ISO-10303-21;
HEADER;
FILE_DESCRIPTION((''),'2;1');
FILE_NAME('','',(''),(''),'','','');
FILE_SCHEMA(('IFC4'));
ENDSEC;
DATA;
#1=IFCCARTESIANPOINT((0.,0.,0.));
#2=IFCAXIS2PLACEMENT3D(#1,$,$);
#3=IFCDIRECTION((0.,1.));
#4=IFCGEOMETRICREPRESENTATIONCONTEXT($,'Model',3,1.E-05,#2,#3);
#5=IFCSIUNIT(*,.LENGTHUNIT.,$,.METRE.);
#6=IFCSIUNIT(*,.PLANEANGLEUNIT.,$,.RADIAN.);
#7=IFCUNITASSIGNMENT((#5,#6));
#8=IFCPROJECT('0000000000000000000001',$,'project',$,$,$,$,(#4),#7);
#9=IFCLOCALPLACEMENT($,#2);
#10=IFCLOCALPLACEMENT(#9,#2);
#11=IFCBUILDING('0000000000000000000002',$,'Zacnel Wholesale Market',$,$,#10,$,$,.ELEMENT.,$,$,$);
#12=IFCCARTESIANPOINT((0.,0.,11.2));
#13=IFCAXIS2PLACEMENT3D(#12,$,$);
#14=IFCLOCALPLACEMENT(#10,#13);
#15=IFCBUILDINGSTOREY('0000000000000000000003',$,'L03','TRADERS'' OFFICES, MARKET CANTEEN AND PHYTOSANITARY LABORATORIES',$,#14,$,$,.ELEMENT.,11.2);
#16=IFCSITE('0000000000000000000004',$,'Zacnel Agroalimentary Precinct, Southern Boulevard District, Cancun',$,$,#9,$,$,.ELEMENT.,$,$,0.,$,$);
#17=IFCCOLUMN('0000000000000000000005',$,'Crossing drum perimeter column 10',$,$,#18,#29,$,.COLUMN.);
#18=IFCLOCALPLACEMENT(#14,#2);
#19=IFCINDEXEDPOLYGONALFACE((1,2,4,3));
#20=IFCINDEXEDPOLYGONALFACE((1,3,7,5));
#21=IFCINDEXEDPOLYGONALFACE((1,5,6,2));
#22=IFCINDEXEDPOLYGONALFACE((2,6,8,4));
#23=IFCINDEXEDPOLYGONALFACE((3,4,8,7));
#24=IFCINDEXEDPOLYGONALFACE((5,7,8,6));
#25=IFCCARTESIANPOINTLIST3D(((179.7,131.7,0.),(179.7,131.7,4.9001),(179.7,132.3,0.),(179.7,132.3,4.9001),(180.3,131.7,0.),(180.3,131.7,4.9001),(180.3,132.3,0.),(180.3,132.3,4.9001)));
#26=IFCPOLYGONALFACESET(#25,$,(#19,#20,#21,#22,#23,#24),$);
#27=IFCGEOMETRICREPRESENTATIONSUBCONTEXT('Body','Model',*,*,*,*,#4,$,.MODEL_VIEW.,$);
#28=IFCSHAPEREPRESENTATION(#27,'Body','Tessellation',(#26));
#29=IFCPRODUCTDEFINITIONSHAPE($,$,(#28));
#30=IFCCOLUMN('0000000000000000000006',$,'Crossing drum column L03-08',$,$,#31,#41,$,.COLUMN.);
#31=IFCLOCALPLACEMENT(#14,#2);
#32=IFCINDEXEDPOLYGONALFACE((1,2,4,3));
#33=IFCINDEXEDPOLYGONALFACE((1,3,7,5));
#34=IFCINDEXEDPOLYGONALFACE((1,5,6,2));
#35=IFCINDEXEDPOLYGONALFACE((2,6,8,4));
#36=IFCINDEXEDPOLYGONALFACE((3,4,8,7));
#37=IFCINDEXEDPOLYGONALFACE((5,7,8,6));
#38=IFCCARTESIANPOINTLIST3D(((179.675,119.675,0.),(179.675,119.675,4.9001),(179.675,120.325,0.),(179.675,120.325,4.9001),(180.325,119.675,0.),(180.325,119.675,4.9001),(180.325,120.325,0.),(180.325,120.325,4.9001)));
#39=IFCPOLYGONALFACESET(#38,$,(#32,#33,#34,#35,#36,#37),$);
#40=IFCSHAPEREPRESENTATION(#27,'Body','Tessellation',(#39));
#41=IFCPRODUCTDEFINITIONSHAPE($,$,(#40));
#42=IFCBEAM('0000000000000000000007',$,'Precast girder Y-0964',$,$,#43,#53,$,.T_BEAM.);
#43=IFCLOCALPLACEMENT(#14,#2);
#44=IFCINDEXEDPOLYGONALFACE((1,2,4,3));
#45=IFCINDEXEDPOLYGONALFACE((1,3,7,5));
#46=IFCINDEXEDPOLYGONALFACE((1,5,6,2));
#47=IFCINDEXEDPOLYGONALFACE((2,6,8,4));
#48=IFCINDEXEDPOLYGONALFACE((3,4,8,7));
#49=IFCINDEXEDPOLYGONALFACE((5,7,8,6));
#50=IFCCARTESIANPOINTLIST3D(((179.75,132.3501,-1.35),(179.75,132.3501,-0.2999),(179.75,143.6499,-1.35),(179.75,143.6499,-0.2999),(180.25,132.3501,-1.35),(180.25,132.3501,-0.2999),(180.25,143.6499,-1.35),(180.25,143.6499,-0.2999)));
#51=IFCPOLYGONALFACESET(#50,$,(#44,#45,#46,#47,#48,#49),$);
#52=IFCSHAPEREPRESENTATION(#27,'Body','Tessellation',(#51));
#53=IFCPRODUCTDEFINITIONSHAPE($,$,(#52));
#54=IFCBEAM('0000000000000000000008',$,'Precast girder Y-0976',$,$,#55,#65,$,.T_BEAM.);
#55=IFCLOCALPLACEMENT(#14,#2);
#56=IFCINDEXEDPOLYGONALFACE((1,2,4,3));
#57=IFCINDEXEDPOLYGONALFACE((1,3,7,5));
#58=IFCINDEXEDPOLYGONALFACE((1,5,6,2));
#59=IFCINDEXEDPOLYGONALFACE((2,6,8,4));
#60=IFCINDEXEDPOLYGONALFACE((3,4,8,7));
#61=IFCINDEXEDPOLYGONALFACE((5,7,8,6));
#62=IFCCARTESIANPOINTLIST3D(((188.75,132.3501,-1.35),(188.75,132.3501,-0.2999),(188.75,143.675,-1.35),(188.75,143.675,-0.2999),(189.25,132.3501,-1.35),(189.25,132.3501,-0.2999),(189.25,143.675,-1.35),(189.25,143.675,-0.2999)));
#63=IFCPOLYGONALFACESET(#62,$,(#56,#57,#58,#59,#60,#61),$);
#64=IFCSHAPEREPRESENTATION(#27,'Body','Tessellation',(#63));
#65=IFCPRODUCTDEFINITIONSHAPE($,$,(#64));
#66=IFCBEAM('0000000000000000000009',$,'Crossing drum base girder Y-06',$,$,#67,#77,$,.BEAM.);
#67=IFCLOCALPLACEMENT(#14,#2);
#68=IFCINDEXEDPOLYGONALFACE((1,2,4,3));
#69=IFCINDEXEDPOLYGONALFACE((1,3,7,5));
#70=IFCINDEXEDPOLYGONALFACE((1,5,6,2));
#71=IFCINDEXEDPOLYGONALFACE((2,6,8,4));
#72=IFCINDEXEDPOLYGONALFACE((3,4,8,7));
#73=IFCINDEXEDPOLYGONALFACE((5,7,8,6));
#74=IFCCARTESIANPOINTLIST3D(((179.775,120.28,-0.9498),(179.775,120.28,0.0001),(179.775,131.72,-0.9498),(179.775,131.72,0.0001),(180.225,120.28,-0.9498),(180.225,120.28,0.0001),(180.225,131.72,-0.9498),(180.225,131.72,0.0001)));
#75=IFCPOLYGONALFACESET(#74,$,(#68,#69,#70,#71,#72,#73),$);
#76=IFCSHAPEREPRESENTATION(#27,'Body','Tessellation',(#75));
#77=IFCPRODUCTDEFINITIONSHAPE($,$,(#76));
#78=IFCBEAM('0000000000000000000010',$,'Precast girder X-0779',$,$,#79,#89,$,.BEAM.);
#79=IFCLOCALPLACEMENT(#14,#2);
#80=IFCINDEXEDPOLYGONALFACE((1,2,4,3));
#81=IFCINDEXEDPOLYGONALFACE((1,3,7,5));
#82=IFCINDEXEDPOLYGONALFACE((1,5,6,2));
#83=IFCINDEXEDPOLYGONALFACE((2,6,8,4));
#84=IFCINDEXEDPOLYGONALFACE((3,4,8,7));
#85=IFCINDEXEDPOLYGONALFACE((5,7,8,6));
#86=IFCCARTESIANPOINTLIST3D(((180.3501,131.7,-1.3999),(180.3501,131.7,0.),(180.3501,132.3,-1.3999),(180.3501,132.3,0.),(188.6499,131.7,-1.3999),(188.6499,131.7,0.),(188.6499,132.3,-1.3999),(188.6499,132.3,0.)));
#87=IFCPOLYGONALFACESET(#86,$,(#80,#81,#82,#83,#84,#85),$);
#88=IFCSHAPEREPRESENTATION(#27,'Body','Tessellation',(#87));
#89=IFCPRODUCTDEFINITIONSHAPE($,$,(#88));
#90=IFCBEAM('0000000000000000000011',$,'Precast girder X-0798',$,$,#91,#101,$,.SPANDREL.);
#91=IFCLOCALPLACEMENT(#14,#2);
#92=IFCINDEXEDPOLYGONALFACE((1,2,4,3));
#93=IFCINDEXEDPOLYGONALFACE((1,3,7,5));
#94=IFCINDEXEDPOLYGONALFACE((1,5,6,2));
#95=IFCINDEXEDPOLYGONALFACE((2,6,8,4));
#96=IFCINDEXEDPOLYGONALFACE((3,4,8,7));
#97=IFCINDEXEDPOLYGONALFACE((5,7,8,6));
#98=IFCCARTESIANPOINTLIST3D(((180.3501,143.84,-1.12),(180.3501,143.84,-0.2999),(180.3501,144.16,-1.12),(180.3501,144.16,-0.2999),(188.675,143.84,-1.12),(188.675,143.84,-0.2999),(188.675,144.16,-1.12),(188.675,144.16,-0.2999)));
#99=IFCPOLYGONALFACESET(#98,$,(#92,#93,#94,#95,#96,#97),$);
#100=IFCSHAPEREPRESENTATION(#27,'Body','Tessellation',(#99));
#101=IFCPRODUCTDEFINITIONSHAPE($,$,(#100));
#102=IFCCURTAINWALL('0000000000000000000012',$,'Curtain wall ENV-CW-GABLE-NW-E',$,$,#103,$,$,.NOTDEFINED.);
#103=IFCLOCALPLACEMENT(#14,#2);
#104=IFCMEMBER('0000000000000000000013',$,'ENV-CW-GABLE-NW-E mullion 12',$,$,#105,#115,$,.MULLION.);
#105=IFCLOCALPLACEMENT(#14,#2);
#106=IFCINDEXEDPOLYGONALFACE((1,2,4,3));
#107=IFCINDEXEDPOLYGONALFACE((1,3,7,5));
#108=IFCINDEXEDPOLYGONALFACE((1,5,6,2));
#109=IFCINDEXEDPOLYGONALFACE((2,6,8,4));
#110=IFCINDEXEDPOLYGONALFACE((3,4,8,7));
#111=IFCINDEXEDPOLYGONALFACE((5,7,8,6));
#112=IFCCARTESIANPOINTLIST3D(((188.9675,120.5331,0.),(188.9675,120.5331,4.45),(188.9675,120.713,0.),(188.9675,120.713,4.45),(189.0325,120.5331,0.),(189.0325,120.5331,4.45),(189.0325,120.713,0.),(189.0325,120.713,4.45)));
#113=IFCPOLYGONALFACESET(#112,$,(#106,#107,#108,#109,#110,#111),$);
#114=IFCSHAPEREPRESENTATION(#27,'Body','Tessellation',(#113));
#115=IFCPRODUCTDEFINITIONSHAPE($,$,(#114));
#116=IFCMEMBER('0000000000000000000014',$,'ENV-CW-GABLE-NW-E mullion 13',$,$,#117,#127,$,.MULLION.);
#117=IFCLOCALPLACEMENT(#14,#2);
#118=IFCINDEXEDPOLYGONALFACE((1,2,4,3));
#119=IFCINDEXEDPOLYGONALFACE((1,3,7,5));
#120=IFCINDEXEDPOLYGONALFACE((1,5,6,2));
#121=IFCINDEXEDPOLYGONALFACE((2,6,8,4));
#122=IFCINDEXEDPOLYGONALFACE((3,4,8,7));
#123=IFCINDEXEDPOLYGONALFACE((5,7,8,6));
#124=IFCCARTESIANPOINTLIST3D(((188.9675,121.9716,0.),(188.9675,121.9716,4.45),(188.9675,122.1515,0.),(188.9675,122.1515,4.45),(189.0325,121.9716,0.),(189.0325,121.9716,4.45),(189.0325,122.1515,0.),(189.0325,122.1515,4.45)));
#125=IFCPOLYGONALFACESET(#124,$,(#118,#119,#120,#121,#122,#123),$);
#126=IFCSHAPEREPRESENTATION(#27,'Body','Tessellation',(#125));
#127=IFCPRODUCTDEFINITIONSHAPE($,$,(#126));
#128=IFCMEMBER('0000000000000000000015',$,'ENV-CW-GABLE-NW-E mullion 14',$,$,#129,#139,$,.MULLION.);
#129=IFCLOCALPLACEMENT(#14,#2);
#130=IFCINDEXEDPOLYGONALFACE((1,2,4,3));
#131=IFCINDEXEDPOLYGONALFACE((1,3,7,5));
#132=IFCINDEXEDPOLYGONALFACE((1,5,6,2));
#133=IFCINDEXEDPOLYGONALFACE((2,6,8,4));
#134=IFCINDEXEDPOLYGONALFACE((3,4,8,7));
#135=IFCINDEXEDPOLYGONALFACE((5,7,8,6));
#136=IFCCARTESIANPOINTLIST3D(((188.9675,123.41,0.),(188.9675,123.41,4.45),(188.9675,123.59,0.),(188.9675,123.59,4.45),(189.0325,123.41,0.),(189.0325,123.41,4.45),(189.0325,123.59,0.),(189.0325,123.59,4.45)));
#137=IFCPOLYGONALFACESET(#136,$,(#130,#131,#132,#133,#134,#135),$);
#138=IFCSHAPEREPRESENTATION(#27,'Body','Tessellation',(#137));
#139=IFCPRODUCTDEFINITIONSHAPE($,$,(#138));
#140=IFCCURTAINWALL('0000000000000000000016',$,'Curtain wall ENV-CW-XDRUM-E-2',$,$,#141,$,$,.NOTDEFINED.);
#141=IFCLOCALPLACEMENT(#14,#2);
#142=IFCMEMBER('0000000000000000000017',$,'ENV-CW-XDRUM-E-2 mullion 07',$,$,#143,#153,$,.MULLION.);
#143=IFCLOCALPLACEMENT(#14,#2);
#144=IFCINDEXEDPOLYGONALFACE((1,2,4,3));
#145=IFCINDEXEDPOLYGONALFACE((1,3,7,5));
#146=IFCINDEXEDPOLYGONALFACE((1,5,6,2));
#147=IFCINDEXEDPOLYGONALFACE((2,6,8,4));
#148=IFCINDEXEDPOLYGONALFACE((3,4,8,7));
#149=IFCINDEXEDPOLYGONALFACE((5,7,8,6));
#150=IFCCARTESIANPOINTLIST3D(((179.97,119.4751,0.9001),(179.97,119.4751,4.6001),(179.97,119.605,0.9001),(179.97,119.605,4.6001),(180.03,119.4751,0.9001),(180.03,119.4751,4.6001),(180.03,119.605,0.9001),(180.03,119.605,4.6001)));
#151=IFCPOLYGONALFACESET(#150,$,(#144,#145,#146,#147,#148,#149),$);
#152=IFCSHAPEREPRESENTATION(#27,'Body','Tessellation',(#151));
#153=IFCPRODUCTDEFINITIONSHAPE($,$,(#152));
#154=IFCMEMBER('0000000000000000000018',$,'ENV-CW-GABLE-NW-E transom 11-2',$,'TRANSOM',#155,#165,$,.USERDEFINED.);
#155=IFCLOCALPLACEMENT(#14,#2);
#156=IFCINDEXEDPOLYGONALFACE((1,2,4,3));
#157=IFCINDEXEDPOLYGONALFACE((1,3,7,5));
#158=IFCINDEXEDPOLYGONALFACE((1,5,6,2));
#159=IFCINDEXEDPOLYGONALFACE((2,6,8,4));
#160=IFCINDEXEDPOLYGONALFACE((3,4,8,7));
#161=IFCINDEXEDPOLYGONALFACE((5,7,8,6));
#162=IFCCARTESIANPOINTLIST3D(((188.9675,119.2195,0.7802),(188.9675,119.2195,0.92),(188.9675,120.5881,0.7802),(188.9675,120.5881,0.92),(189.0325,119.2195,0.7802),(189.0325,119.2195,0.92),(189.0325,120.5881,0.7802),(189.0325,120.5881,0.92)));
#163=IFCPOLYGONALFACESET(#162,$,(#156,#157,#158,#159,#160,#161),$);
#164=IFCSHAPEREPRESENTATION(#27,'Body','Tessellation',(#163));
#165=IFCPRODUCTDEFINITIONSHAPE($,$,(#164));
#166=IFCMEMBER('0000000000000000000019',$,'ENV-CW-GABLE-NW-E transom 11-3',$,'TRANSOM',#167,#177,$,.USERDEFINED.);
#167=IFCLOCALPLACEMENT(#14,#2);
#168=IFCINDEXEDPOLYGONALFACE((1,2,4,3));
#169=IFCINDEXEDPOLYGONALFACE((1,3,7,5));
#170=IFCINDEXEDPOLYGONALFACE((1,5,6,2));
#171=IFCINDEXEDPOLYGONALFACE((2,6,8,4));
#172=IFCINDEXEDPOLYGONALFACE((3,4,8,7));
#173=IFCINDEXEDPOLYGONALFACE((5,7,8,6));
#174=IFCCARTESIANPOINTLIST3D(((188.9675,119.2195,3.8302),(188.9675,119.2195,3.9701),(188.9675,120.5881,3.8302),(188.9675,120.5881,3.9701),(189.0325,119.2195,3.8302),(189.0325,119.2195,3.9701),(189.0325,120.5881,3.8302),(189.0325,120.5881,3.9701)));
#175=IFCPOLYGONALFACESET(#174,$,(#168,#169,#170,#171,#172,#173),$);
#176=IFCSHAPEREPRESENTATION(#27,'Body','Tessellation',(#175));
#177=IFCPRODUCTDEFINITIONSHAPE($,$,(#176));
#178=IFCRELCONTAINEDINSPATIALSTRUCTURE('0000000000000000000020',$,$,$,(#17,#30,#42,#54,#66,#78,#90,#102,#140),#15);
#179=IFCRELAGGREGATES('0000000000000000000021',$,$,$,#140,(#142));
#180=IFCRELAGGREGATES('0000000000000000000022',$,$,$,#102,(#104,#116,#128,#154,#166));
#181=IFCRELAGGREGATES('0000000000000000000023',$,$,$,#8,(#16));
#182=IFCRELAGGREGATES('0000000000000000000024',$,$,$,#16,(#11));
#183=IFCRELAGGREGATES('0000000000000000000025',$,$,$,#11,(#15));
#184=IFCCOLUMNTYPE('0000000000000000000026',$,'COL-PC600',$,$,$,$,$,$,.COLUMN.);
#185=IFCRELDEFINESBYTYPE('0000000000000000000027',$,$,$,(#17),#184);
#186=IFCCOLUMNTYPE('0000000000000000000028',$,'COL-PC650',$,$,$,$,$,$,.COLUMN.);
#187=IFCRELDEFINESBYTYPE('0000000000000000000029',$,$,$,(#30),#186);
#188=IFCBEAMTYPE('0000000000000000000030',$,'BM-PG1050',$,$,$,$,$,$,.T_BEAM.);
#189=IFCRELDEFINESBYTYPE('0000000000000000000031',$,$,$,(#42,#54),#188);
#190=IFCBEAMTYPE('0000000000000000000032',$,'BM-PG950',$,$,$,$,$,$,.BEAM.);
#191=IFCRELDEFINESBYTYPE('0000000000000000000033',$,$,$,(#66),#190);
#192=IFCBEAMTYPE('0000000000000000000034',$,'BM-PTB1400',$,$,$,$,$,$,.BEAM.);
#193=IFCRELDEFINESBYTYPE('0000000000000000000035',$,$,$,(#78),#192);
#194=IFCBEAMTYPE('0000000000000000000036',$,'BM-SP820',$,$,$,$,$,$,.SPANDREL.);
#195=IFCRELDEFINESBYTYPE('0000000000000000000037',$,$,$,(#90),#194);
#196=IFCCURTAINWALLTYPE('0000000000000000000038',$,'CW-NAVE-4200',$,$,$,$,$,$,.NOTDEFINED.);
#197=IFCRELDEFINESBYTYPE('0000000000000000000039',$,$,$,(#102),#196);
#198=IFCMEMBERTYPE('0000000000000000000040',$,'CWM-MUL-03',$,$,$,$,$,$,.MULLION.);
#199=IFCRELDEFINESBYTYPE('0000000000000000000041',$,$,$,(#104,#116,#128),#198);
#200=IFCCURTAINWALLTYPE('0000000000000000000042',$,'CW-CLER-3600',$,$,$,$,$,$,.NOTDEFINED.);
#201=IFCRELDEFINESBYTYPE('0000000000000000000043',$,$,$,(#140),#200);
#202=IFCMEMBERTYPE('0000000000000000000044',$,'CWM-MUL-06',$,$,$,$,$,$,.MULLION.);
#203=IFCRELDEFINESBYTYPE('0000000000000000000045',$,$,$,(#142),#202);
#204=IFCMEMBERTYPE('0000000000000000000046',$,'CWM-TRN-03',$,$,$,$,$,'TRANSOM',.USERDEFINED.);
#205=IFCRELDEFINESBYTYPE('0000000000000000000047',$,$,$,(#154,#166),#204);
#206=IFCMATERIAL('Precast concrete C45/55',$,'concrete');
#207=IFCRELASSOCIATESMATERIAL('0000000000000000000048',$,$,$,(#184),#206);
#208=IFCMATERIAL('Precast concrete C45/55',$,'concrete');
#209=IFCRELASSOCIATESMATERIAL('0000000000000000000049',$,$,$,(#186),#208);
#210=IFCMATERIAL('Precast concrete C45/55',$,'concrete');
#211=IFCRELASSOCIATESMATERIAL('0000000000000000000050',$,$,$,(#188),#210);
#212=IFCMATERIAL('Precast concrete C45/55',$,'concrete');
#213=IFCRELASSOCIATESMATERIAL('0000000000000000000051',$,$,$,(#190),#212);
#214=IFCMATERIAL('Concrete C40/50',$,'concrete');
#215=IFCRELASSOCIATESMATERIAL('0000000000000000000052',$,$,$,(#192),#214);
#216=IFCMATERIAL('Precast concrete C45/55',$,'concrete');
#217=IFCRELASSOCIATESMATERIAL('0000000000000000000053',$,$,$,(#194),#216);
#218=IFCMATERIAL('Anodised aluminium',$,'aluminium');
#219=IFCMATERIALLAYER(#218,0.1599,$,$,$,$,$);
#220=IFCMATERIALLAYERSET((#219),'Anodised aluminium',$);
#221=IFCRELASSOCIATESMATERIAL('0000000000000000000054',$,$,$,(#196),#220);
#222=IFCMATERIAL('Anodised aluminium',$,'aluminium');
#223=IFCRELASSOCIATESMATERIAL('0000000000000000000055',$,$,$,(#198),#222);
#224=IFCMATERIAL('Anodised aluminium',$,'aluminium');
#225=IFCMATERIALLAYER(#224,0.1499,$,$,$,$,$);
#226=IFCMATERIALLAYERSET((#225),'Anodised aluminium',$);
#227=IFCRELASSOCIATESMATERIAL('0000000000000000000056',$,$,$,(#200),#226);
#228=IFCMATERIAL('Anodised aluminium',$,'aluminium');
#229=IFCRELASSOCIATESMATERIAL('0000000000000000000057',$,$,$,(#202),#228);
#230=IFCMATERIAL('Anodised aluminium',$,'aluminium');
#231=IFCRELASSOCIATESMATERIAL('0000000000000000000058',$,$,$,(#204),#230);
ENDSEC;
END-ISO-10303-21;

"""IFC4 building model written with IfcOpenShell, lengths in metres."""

from ifc_helpers import new_model, si_unit, direction, frame, origin, origin_2d, place, context, subcontext, project, spatial, rectangle, extrude, material, layer, layer_set, material_profile, profile_set, type_object, element, aggregate, save


model = new_model("IFC4")

# Units and contexts
model_context = context("Model", 3, precision=1e-05, world=origin(), true_north=direction((0.0, 1.0)))
body_context = subcontext(model_context, "Body", "Model", "MODEL_VIEW")
ifc_project = project(units=[si_unit("LENGTHUNIT", "METRE"), si_unit("PLANEANGLEUNIT", "RADIAN")], contexts=[model_context])

# Site, building, storey
site_placement = place(None, origin())
site = spatial("IfcSite", under=ifc_project, at=site_placement, Name="Zacnel Agroalimentary Precinct, Southern Boulevard District, Cancun", CompositionType="ELEMENT", RefElevation=0.0)
building_placement = place(site_placement, origin())
building = spatial("IfcBuilding", under=site, at=building_placement, Name="Zacnel Wholesale Market", CompositionType="ELEMENT")
storey_placement = place(building_placement, frame((0.0, 0.0, 11.2)))
storey = spatial("IfcBuildingStorey", under=building, at=storey_placement, Name="L03", Description="TRADERS' OFFICES, MARKET CANTEEN AND PHYTOSANITARY LABORATORIES", CompositionType="ELEMENT", Elevation=11.2)

# Columns
ifc_material_1 = material(Name="Precast concrete C45/55", Category="concrete")
ifc_material_profile_1 = material_profile(ifc_material_1, rectangle(XDim=0.6001, YDim=0.6001, at=origin_2d()), Name="PC 600x600")
ifc_profile_set_1 = profile_set([ifc_material_profile_1], Name="Precast concrete C45/55")
column_type_1 = type_object("IfcColumnType", Name="COL-PC600", PredefinedType="COLUMN", material=ifc_profile_set_1)
column_1_placement = place(storey_placement, frame((180.0, 132.0, 0.0), z_axis=(0.0, 0.0, 1.0), x_axis=(1.0, 0.0, 0.0)))
element("IfcColumn", 1, at=column_1_placement, inside=storey, type_object=column_type_1, Name="Crossing drum perimeter column 10", PredefinedType="COLUMN", context=body_context, shape_type="SweptSolid", body=[
    extrude(rectangle(XDim=0.6001, YDim=0.6001, at=origin_2d()), origin(), (0.0, 0.0, 1.0), 4.9001),
])
ifc_material_2 = material(Name="Precast concrete C45/55", Category="concrete")
ifc_material_profile_2 = material_profile(ifc_material_2, rectangle(XDim=0.6499, YDim=0.6499, at=origin_2d()), Name="PC 650x650")
ifc_profile_set_2 = profile_set([ifc_material_profile_2], Name="Precast concrete C45/55")
column_type_2 = type_object("IfcColumnType", Name="COL-PC650", PredefinedType="COLUMN", material=ifc_profile_set_2)
column_2_placement = place(storey_placement, frame((180.0, 120.0, 0.0), z_axis=(0.0, 0.0, 1.0), x_axis=(1.0, 0.0, 0.0)))
element("IfcColumn", 2, at=column_2_placement, inside=storey, type_object=column_type_2, Name="Crossing drum column L03-08", PredefinedType="COLUMN", context=body_context, shape_type="SweptSolid", body=[
    extrude(rectangle(XDim=0.6499, YDim=0.6499, at=origin_2d()), origin(), (0.0, 0.0, 1.0), 4.9001),
])

# Beams
ifc_material_3 = material(Name="Precast concrete C45/55", Category="concrete")
ifc_material_profile_3 = material_profile(ifc_material_3, rectangle(XDim=0.5, YDim=1.05, at=origin_2d()), Name="PG 500x1050")
ifc_profile_set_3 = profile_set([ifc_material_profile_3], Name="Precast concrete C45/55")
beam_type_1 = type_object("IfcBeamType", Name="BM-PG1050", PredefinedType="T_BEAM", material=ifc_profile_set_3)
beam_1_placement = place(storey_placement, frame((180.0, 132.3501, -0.825), z_axis=(0.0, 1.0, 0.0), x_axis=(-1.0, 0.0, 0.0)))
element("IfcBeam", 3, at=beam_1_placement, inside=storey, type_object=beam_type_1, Name="Precast girder Y-0964", PredefinedType="T_BEAM", context=body_context, shape_type="SweptSolid", body=[
    extrude(rectangle(XDim=0.5, YDim=1.05, at=origin_2d()), origin(), (0.0, 0.0, 1.0), 11.2998),
])
beam_2_placement = place(storey_placement, frame((189.0, 132.3501, -0.825), z_axis=(0.0, 1.0, 0.0), x_axis=(-1.0, 0.0, 0.0)))
element("IfcBeam", 4, at=beam_2_placement, inside=storey, type_object=beam_type_1, Name="Precast girder Y-0976", PredefinedType="T_BEAM", context=body_context, shape_type="SweptSolid", body=[
    extrude(rectangle(XDim=0.5, YDim=1.05, at=origin_2d()), origin(), (0.0, 0.0, 1.0), 11.325),
])
ifc_material_4 = material(Name="Precast concrete C45/55", Category="concrete")
ifc_material_profile_4 = material_profile(ifc_material_4, rectangle(XDim=0.45, YDim=0.95, at=origin_2d()), Name="PG 450x950")
ifc_profile_set_4 = profile_set([ifc_material_profile_4], Name="Precast concrete C45/55")
beam_type_2 = type_object("IfcBeamType", Name="BM-PG950", PredefinedType="BEAM", material=ifc_profile_set_4)
beam_3_placement = place(storey_placement, frame((180.0, 120.28, -0.4749), z_axis=(0.0, 1.0, 0.0), x_axis=(-1.0, 0.0, 0.0)))
element("IfcBeam", 5, at=beam_3_placement, inside=storey, type_object=beam_type_2, Name="Crossing drum base girder Y-06", PredefinedType="BEAM", context=body_context, shape_type="SweptSolid", body=[
    extrude(rectangle(XDim=0.45, YDim=0.95, at=origin_2d()), origin(), (0.0, 0.0, 1.0), 11.4399),
])
ifc_material_5 = material(Name="Concrete C40/50", Category="concrete")
ifc_material_profile_5 = material_profile(ifc_material_5, rectangle(XDim=0.6001, YDim=1.3999, at=origin_2d()), Name="PTB 600x1400")
ifc_profile_set_5 = profile_set([ifc_material_profile_5], Name="Concrete C40/50")
beam_type_3 = type_object("IfcBeamType", Name="BM-PTB1400", PredefinedType="BEAM", material=ifc_profile_set_5)
beam_4_placement = place(storey_placement, frame((180.3501, 132.0, -0.7), z_axis=(1.0, 0.0, 0.0), x_axis=(0.0, 1.0, 0.0)))
element("IfcBeam", 6, at=beam_4_placement, inside=storey, type_object=beam_type_3, Name="Precast girder X-0779", PredefinedType="BEAM", context=body_context, shape_type="SweptSolid", body=[
    extrude(rectangle(XDim=0.6001, YDim=1.3999, at=origin_2d()), origin(), (0.0, 0.0, 1.0), 8.2998),
])
ifc_material_6 = material(Name="Precast concrete C45/55", Category="concrete")
ifc_material_profile_6 = material_profile(ifc_material_6, rectangle(XDim=0.3201, YDim=0.8201, at=origin_2d()), Name="SP 320x820")
ifc_profile_set_6 = profile_set([ifc_material_profile_6], Name="Precast concrete C45/55")
beam_type_4 = type_object("IfcBeamType", Name="BM-SP820", PredefinedType="SPANDREL", material=ifc_profile_set_6)
beam_5_placement = place(storey_placement, frame((180.3501, 144.0, -0.71), z_axis=(1.0, 0.0, 0.0), x_axis=(0.0, 1.0, 0.0)))
element("IfcBeam", 7, at=beam_5_placement, inside=storey, type_object=beam_type_4, Name="Precast girder X-0798", PredefinedType="SPANDREL", context=body_context, shape_type="SweptSolid", body=[
    extrude(rectangle(XDim=0.3201, YDim=0.8201, at=origin_2d()), origin(), (0.0, 0.0, 1.0), 8.325),
])

# Curtain wall, members
ifc_material_7 = material(Name="Anodised aluminium", Category="aluminium")
ifc_layer_1 = layer(ifc_material_7, 0.1599)
ifc_layer_set_1 = layer_set([ifc_layer_1], Name="Anodised aluminium")
curtain_wall_type_1 = type_object("IfcCurtainWallType", Name="CW-NAVE-4200", PredefinedType="NOTDEFINED", material=ifc_layer_set_1)
curtain_wall_1_placement = place(storey_placement, origin())
curtain_wall_1 = element("IfcCurtainWall", 8, at=curtain_wall_1_placement, inside=storey, type_object=curtain_wall_type_1, Name="Curtain wall ENV-CW-GABLE-NW-E", PredefinedType="NOTDEFINED")
ifc_material_8 = material(Name="Anodised aluminium", Category="aluminium")
ifc_material_profile_7 = material_profile(ifc_material_8, rectangle(XDim=0.0649, YDim=0.1799, at=origin_2d()), Name="AW-MULLION 65x180")
ifc_profile_set_7 = profile_set([ifc_material_profile_7], Name="Anodised aluminium")
member_type_1 = type_object("IfcMemberType", Name="CWM-MUL-03", PredefinedType="MULLION", material=ifc_profile_set_7)
member_1_placement = place(storey_placement, frame((189.0, 120.623, 0.0), z_axis=(0.0, 0.0, 1.0), x_axis=(1.0, 0.0, 0.0)))
member_1 = element("IfcMember", 9, at=member_1_placement, type_object=member_type_1, Name="ENV-CW-GABLE-NW-E mullion 12", PredefinedType="MULLION", context=body_context, shape_type="SweptSolid", body=[
    extrude(rectangle(XDim=0.0649, YDim=0.1799, at=origin_2d()), origin(), (0.0, 0.0, 1.0), 4.45),
])
member_2_placement = place(storey_placement, frame((189.0, 122.0615, 0.0), z_axis=(0.0, 0.0, 1.0), x_axis=(1.0, 0.0, 0.0)))
member_2 = element("IfcMember", 10, at=member_2_placement, type_object=member_type_1, Name="ENV-CW-GABLE-NW-E mullion 13", PredefinedType="MULLION", context=body_context, shape_type="SweptSolid", body=[
    extrude(rectangle(XDim=0.0649, YDim=0.1799, at=origin_2d()), origin(), (0.0, 0.0, 1.0), 4.45),
])
member_3_placement = place(storey_placement, frame((189.0, 123.5, 0.0), z_axis=(0.0, 0.0, 1.0), x_axis=(1.0, 0.0, 0.0)))
member_3 = element("IfcMember", 11, at=member_3_placement, type_object=member_type_1, Name="ENV-CW-GABLE-NW-E mullion 14", PredefinedType="MULLION", context=body_context, shape_type="SweptSolid", body=[
    extrude(rectangle(XDim=0.0649, YDim=0.1799, at=origin_2d()), origin(), (0.0, 0.0, 1.0), 4.45),
])

# Curtain wall, member
ifc_material_9 = material(Name="Anodised aluminium", Category="aluminium")
ifc_layer_2 = layer(ifc_material_9, 0.1499)
ifc_layer_set_2 = layer_set([ifc_layer_2], Name="Anodised aluminium")
curtain_wall_type_2 = type_object("IfcCurtainWallType", Name="CW-CLER-3600", PredefinedType="NOTDEFINED", material=ifc_layer_set_2)
curtain_wall_2_placement = place(storey_placement, origin())
curtain_wall_2 = element("IfcCurtainWall", 12, at=curtain_wall_2_placement, inside=storey, type_object=curtain_wall_type_2, Name="Curtain wall ENV-CW-XDRUM-E-2", PredefinedType="NOTDEFINED")
ifc_material_10 = material(Name="Anodised aluminium", Category="aluminium")
ifc_material_profile_8 = material_profile(ifc_material_10, rectangle(XDim=0.0601, YDim=0.1299, at=origin_2d()), Name="AW-MULLION 60x130")
ifc_profile_set_8 = profile_set([ifc_material_profile_8], Name="Anodised aluminium")
member_type_2 = type_object("IfcMemberType", Name="CWM-MUL-06", PredefinedType="MULLION", material=ifc_profile_set_8)
member_4_placement = place(storey_placement, frame((180.0, 119.54, 0.9001), z_axis=(0.0, 0.0, 1.0), x_axis=(1.0, 0.0, 0.0)))
member_4 = element("IfcMember", 13, at=member_4_placement, type_object=member_type_2, Name="ENV-CW-XDRUM-E-2 mullion 07", PredefinedType="MULLION", context=body_context, shape_type="SweptSolid", body=[
    extrude(rectangle(XDim=0.0601, YDim=0.1299, at=origin_2d()), origin(), (0.0, 0.0, 1.0), 3.7),
])
aggregate(curtain_wall_2, [member_4])

# Members
ifc_material_11 = material(Name="Anodised aluminium", Category="aluminium")
ifc_material_profile_9 = material_profile(ifc_material_11, rectangle(XDim=0.0649, YDim=0.1399, at=origin_2d()), Name="AW-TRANSOM 65x140")
ifc_profile_set_9 = profile_set([ifc_material_profile_9], Name="Anodised aluminium")
member_type_3 = type_object("IfcMemberType", Name="CWM-TRN-03", ElementType="TRANSOM", PredefinedType="USERDEFINED", material=ifc_profile_set_9)
member_5_placement = place(storey_placement, frame((189.0, 119.2195, 0.8501), z_axis=(0.0, 1.0, 0.0), x_axis=(-1.0, 0.0, 0.0)))
member_5 = element("IfcMember", 14, at=member_5_placement, type_object=member_type_3, Name="ENV-CW-GABLE-NW-E transom 11-2", ObjectType="TRANSOM", PredefinedType="USERDEFINED", context=body_context, shape_type="SweptSolid", body=[
    extrude(rectangle(XDim=0.0649, YDim=0.1399, at=origin_2d()), origin(), (0.0, 0.0, 1.0), 1.3687),
])
member_6_placement = place(storey_placement, frame((189.0, 119.2195, 3.9001), z_axis=(0.0, 1.0, 0.0), x_axis=(-1.0, 0.0, 0.0)))
member_6 = element("IfcMember", 15, at=member_6_placement, type_object=member_type_3, Name="ENV-CW-GABLE-NW-E transom 11-3", ObjectType="TRANSOM", PredefinedType="USERDEFINED", context=body_context, shape_type="SweptSolid", body=[
    extrude(rectangle(XDim=0.0649, YDim=0.1399, at=origin_2d()), origin(), (0.0, 0.0, 1.0), 1.3687),
])

aggregate(curtain_wall_1, [member_1, member_2, member_3, member_5, member_6])

save(model, "model.ifc")
